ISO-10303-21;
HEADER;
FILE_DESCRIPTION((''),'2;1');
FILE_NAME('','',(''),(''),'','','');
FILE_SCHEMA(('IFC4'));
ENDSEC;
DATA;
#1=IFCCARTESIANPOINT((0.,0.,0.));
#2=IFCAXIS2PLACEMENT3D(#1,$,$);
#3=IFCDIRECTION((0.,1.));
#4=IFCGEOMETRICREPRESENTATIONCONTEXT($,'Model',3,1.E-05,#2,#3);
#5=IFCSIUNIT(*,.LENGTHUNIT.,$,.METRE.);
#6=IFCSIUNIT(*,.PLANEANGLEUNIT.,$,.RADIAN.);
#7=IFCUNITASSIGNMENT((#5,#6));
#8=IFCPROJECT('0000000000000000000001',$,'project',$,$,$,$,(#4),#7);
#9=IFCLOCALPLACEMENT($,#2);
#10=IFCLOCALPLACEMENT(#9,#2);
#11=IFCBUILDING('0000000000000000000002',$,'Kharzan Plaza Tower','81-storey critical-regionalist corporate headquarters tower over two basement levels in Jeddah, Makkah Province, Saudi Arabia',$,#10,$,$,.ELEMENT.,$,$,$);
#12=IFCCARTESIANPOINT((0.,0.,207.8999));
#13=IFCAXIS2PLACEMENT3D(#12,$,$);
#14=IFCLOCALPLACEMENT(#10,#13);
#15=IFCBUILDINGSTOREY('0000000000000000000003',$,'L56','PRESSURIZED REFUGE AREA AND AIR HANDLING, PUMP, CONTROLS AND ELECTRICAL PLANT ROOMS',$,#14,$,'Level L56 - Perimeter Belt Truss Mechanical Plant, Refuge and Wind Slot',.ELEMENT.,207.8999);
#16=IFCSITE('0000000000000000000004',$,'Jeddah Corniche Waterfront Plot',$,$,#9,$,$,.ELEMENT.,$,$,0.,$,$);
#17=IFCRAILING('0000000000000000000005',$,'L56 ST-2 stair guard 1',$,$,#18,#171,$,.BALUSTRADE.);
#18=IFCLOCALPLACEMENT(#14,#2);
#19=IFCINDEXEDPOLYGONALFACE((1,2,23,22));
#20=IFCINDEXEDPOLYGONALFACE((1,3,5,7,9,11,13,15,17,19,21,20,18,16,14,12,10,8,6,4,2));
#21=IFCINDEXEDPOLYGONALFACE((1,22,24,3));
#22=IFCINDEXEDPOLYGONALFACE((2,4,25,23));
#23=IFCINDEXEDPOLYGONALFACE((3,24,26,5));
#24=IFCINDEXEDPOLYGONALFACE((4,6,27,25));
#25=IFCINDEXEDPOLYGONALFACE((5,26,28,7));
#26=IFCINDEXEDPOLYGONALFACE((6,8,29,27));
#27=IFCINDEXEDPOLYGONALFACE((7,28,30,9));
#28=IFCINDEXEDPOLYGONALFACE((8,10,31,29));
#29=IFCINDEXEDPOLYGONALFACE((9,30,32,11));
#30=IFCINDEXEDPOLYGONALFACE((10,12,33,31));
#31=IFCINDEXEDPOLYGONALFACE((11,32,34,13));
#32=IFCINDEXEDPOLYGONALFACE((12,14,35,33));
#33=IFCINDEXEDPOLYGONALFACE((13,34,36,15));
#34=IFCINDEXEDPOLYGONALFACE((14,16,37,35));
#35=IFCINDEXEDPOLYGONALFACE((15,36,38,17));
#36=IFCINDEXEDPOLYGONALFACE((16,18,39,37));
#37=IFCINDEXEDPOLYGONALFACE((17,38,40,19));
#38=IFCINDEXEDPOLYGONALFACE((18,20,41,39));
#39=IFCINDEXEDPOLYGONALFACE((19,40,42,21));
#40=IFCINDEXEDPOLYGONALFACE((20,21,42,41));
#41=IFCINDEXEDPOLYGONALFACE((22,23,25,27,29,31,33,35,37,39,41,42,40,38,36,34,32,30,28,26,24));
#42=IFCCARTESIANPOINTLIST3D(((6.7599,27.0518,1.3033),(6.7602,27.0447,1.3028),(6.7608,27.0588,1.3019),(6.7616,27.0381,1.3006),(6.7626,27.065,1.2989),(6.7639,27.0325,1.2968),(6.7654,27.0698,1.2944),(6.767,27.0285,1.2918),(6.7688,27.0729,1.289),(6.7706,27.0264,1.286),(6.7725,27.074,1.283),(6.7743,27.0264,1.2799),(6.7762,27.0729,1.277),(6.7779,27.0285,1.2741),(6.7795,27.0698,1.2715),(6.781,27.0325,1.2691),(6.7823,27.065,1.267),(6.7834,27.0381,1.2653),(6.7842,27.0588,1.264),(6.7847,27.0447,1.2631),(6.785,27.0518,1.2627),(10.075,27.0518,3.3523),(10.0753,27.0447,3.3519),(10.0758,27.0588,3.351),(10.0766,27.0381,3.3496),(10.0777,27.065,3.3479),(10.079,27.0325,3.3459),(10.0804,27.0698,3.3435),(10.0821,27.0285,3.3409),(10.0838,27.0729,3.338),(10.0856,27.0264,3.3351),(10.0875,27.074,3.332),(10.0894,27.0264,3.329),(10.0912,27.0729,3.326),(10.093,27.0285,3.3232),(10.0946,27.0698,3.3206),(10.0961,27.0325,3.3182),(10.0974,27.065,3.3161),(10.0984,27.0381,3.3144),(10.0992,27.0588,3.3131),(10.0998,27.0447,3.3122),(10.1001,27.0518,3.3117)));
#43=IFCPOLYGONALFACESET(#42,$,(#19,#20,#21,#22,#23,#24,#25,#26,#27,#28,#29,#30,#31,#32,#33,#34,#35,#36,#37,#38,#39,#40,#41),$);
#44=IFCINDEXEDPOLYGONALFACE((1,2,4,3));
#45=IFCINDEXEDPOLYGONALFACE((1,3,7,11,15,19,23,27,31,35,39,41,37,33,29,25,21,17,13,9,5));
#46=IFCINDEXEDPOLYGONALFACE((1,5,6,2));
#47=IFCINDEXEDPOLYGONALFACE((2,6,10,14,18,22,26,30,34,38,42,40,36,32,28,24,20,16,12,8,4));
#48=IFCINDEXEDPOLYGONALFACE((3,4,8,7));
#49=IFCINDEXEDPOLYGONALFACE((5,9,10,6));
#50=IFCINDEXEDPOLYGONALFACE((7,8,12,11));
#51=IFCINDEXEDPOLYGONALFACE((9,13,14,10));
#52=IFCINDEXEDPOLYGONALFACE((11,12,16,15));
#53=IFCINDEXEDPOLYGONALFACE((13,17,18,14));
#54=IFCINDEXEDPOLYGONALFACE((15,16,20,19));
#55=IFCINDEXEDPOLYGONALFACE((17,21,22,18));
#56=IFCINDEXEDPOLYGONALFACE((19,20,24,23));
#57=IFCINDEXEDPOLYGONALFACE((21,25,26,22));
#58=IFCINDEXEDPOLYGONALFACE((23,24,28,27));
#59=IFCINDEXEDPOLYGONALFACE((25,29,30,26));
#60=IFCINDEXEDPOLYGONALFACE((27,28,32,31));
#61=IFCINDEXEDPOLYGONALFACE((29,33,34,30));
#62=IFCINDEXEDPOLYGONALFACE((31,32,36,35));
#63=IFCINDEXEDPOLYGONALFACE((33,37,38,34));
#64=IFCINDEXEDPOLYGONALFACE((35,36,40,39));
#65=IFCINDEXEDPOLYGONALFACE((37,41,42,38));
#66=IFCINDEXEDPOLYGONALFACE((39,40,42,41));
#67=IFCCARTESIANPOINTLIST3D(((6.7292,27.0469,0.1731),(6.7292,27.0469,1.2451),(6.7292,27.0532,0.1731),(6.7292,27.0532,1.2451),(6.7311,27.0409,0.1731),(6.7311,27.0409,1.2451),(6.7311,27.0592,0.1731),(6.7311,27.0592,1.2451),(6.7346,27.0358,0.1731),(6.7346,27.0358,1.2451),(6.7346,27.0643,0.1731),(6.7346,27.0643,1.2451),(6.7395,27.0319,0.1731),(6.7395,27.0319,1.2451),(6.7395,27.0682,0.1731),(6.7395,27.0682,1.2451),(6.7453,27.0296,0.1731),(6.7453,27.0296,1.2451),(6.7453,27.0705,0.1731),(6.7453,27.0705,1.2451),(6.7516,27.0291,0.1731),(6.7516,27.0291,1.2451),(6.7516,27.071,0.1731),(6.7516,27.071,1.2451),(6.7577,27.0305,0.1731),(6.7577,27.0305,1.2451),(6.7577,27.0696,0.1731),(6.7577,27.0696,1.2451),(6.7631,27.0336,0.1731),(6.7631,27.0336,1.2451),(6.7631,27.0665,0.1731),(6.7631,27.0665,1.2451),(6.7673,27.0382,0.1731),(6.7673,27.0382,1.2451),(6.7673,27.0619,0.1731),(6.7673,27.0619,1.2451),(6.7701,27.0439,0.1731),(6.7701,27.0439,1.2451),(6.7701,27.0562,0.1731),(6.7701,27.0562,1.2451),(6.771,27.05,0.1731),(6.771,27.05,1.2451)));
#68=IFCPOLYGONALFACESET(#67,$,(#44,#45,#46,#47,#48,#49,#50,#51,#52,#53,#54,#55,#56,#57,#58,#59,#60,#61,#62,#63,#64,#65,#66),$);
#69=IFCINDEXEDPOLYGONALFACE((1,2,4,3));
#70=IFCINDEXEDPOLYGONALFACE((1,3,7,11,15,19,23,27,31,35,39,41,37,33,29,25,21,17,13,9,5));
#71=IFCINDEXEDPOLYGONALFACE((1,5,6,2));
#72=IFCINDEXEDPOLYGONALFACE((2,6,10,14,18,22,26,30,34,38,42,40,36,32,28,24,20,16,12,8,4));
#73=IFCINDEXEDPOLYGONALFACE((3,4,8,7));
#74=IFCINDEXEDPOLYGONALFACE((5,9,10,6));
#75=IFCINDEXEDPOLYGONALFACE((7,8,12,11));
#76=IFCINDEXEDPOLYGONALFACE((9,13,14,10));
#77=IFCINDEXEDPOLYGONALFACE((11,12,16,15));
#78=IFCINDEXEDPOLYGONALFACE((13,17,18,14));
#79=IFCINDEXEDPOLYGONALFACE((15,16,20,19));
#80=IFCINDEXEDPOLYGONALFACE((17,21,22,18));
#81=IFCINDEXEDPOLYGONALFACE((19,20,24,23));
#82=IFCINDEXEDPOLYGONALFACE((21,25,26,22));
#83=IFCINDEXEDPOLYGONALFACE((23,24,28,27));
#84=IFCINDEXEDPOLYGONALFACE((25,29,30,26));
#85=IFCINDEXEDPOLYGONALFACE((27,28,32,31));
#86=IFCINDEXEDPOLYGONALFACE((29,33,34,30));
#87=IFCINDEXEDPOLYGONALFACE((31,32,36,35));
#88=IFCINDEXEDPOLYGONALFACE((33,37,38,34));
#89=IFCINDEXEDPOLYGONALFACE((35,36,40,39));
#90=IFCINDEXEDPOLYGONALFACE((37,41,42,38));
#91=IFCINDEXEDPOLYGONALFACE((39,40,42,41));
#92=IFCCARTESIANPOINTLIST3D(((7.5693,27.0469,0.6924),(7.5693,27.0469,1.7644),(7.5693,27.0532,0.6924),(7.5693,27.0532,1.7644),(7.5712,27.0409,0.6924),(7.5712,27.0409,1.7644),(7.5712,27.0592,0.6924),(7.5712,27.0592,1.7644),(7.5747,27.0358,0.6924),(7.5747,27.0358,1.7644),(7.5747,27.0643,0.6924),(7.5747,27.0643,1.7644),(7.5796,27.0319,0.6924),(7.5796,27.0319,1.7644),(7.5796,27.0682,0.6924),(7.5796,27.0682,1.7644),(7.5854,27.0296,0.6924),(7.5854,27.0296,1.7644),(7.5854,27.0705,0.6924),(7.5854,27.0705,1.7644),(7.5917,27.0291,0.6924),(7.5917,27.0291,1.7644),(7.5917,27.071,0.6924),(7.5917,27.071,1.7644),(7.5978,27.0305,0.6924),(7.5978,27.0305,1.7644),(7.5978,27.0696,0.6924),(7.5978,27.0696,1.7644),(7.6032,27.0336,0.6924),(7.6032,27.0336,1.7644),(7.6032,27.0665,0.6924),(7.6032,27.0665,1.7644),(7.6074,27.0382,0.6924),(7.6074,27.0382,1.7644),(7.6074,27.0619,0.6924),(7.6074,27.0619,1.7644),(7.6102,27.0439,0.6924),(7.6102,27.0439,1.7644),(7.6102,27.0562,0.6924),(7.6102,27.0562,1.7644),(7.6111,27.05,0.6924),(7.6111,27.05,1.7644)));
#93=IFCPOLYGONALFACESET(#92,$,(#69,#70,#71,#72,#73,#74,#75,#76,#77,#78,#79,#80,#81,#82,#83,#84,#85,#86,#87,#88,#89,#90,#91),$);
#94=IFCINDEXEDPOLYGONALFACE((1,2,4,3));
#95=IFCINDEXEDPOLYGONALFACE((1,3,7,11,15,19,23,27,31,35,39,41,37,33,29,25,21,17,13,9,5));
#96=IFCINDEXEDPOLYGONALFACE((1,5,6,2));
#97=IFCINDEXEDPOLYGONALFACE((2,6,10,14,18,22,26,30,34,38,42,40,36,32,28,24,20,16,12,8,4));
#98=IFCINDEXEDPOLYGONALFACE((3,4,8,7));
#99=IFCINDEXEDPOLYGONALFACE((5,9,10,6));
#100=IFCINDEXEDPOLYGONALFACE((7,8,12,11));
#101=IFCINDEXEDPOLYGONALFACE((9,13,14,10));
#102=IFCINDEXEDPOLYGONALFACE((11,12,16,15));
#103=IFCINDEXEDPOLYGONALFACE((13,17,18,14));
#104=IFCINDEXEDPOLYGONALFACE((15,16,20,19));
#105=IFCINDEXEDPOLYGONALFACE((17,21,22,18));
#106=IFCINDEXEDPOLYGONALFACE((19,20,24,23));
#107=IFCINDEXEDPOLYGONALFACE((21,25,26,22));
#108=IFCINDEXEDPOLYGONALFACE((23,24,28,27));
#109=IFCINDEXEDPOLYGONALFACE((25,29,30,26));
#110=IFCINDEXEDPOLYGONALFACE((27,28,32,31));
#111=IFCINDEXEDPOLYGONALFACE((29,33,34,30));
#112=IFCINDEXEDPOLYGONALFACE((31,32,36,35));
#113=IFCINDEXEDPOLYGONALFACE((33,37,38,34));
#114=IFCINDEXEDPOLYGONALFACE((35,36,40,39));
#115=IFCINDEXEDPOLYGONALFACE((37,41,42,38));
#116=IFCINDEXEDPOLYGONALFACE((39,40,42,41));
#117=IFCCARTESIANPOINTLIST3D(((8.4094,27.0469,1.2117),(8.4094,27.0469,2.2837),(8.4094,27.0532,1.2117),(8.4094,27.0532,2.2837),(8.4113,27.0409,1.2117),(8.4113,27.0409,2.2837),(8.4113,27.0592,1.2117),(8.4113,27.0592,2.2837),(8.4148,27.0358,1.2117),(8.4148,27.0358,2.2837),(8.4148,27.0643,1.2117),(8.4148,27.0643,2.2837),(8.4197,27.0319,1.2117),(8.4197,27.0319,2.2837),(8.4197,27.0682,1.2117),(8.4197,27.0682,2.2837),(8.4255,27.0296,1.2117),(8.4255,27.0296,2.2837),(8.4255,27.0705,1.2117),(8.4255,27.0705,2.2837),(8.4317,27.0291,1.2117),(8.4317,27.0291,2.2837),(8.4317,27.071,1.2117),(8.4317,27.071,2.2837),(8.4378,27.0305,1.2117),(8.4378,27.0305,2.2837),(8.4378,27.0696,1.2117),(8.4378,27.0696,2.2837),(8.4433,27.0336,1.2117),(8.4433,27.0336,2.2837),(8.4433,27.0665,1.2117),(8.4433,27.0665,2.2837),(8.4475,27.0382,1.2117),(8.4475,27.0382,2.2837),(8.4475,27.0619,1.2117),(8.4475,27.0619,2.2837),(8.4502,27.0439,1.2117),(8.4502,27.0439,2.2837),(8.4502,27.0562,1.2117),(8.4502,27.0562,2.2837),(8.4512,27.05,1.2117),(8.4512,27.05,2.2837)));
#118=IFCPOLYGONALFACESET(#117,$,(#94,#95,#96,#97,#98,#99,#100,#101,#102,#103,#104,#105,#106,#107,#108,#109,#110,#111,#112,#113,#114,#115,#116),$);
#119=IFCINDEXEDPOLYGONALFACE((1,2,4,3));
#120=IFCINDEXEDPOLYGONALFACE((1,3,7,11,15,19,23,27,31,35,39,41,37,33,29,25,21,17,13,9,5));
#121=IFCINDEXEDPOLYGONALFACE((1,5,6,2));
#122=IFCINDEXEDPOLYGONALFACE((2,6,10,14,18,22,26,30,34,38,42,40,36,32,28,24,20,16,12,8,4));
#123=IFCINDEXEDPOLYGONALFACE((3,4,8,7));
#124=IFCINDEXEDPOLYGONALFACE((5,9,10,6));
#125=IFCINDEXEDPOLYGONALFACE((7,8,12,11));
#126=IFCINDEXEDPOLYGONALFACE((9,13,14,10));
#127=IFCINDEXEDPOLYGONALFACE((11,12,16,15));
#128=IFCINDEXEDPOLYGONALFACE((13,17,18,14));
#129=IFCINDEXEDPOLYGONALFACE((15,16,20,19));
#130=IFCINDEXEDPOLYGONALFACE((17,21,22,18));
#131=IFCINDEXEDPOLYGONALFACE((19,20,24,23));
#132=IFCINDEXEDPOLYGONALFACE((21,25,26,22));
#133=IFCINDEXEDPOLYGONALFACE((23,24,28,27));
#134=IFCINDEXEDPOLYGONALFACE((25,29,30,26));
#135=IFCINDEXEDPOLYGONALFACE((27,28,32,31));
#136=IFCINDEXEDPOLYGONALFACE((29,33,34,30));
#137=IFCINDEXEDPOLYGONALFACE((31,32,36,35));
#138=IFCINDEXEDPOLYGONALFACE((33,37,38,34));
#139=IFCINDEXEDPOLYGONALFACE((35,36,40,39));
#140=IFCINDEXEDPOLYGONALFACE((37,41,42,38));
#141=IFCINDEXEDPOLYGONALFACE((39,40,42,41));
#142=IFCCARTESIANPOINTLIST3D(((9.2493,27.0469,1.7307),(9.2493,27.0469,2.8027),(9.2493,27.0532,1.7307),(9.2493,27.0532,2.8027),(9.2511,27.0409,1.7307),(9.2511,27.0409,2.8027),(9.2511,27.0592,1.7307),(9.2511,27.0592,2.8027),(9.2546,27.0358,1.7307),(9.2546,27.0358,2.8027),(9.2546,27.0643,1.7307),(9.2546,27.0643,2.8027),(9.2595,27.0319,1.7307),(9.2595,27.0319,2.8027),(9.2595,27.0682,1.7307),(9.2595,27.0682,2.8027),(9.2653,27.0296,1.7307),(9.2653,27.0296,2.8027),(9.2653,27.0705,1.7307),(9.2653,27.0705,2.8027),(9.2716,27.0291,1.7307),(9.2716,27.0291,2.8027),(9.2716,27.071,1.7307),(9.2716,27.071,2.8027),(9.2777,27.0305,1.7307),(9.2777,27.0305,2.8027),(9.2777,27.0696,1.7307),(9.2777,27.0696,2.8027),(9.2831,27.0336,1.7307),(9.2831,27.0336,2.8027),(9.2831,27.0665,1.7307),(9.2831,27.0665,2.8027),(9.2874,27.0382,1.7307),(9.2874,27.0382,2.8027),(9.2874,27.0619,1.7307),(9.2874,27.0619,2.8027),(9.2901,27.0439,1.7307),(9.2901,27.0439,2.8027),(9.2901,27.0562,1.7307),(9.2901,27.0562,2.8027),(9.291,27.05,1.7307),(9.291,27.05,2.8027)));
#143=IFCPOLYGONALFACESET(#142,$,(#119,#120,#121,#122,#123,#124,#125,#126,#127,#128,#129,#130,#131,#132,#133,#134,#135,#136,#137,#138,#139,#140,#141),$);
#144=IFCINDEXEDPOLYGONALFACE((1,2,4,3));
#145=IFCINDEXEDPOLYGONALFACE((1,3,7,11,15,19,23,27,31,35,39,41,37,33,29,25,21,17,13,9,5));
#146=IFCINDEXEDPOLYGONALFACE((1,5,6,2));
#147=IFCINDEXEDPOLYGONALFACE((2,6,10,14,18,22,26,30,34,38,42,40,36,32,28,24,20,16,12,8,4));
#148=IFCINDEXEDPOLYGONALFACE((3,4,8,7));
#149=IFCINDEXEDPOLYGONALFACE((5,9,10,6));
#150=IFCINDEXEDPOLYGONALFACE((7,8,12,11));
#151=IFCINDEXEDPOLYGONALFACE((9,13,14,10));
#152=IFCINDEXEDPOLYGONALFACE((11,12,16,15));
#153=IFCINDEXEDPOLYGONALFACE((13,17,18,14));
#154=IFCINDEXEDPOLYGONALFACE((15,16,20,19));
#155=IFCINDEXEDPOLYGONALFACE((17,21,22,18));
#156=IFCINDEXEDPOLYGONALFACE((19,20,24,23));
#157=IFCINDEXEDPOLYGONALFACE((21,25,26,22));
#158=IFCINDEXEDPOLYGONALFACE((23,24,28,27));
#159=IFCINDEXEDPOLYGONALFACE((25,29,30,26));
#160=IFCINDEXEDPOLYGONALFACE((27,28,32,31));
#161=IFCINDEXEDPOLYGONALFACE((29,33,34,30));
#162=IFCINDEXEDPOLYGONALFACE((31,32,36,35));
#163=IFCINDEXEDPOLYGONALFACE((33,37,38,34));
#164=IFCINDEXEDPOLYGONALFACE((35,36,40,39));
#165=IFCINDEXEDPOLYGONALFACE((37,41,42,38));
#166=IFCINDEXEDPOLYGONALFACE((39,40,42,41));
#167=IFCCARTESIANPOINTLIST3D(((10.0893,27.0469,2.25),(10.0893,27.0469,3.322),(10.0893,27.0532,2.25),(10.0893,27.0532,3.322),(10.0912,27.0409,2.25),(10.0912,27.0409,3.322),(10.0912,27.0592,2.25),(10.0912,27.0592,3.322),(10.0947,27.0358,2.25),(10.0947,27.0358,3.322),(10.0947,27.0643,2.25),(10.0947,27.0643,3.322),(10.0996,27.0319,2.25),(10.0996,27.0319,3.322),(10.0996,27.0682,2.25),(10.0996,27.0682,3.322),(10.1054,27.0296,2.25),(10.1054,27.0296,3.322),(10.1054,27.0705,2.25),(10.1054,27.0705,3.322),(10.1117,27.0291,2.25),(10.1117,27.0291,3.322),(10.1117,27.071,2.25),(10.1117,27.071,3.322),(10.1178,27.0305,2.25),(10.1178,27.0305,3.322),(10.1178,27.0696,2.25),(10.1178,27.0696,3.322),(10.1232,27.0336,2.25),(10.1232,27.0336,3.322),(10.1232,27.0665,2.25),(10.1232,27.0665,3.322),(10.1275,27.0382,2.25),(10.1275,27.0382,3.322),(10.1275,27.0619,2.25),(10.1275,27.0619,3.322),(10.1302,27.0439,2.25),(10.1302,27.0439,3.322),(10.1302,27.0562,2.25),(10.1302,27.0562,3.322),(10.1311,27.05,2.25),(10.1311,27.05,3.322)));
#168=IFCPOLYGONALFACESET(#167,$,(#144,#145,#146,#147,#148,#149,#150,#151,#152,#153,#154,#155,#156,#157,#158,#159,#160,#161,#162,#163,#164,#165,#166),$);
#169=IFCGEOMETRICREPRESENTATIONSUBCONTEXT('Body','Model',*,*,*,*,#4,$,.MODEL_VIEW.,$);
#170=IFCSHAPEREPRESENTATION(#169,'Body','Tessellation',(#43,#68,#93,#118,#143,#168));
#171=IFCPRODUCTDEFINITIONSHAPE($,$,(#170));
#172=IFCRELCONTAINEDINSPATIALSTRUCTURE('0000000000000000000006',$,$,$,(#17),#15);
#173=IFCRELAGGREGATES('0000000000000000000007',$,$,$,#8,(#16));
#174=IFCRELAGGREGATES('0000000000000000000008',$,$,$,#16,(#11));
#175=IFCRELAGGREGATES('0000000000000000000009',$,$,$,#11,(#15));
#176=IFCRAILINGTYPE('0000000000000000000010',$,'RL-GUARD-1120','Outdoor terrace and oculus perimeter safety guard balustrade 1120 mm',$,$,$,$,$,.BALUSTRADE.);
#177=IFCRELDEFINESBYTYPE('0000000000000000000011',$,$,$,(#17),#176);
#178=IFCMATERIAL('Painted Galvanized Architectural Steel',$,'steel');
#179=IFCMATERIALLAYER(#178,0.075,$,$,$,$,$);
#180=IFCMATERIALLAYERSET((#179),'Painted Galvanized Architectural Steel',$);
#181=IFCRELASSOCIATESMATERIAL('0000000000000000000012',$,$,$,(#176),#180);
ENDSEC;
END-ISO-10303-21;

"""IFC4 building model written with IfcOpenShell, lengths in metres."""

from ifc_helpers import new_model, si_unit, direction, frame, origin, origin_2d, place, context, subcontext, project, spatial, circle, extrude, source, transform, mapped, material, layer, layer_set, type_object, element, save


model = new_model("IFC4")

# Units and contexts
model_context = context("Model", 3, precision=1e-05, world=origin(), true_north=direction((0.0, 1.0)))
body_context = subcontext(model_context, "Body", "Model", "MODEL_VIEW")
ifc_project = project(units=[si_unit("LENGTHUNIT", "METRE"), si_unit("PLANEANGLEUNIT", "RADIAN")], contexts=[model_context])

# Site, building, storey
site_placement = place(None, origin())
site = spatial("IfcSite", under=ifc_project, at=site_placement, Name="Jeddah Corniche Waterfront Plot", CompositionType="ELEMENT", RefElevation=0.0)
building_placement = place(site_placement, origin())
building = spatial("IfcBuilding", under=site, at=building_placement, Name="Kharzan Plaza Tower", Description="81-storey critical-regionalist corporate headquarters tower over two basement levels in Jeddah, Makkah Province, Saudi Arabia", CompositionType="ELEMENT")
storey_placement = place(building_placement, frame((0.0, 0.0, 207.8999)))
storey = spatial("IfcBuildingStorey", under=building, at=storey_placement, Name="L56", Description="PRESSURIZED REFUGE AREA AND AIR HANDLING, PUMP, CONTROLS AND ELECTRICAL PLANT ROOMS", LongName="Level L56 - Perimeter Belt Truss Mechanical Plant, Refuge and Wind Slot", CompositionType="ELEMENT", Elevation=207.8999)

# Railing
ifc_material_1 = material(Name="Painted Galvanized Architectural Steel", Category="steel")
ifc_layer_1 = layer(ifc_material_1, 0.075)
ifc_layer_set_1 = layer_set([ifc_layer_1], Name="Painted Galvanized Architectural Steel")
railing_type_1 = type_object("IfcRailingType", Name="RL-GUARD-1120", Description="Outdoor terrace and oculus perimeter safety guard balustrade 1120 mm", PredefinedType="BALUSTRADE", material=ifc_layer_set_1)
shared_shape_1 = source(origin(), body_context, "Body", "SweptSolid", [
    extrude(circle(Radius=0.0239, at=origin_2d()), frame((0.0225, 0.0, 1.1099), z_axis=(0.850623, 0.0, 0.525776), x_axis=(0.0, 1.0, 0.0)), (0.0, 0.0, 1.0), 3.8972),
    extrude(circle(Radius=0.021, at=origin_2d()), origin(), (0.0, 0.0, 1.0), 1.072),
    extrude(circle(Radius=0.021, at=origin_2d()), frame((0.8401, 0.0, 0.5193)), (0.0, 0.0, 1.0), 1.072),
    extrude(circle(Radius=0.021, at=origin_2d()), frame((1.6802, 0.0, 1.0386)), (0.0, 0.0, 1.0), 1.072),
    extrude(circle(Radius=0.021, at=origin_2d()), frame((2.52, 0.0, 1.5576)), (0.0, 0.0, 1.0), 1.072),
    extrude(circle(Radius=0.021, at=origin_2d()), frame((3.3601, 0.0, 2.0769)), (0.0, 0.0, 1.0), 1.072),
])
railing_1_placement = place(storey_placement, frame((6.75, 27.05, 0.1731)))
element("IfcRailing", 1, at=railing_1_placement, inside=storey, type_object=railing_type_1, Name="L56 ST-2 stair guard 1", PredefinedType="BALUSTRADE", context=body_context, shape_type="MappedRepresentation", body=[
    mapped(shared_shape_1, transform((0.0, 0.0, 0.0), x_axis=(1.0, 0.0, 0.0), y_axis=(0.0, 1.0, 0.0), z_axis=(0.0, 0.0, 1.0))),
])

save(model, "model.ifc")
